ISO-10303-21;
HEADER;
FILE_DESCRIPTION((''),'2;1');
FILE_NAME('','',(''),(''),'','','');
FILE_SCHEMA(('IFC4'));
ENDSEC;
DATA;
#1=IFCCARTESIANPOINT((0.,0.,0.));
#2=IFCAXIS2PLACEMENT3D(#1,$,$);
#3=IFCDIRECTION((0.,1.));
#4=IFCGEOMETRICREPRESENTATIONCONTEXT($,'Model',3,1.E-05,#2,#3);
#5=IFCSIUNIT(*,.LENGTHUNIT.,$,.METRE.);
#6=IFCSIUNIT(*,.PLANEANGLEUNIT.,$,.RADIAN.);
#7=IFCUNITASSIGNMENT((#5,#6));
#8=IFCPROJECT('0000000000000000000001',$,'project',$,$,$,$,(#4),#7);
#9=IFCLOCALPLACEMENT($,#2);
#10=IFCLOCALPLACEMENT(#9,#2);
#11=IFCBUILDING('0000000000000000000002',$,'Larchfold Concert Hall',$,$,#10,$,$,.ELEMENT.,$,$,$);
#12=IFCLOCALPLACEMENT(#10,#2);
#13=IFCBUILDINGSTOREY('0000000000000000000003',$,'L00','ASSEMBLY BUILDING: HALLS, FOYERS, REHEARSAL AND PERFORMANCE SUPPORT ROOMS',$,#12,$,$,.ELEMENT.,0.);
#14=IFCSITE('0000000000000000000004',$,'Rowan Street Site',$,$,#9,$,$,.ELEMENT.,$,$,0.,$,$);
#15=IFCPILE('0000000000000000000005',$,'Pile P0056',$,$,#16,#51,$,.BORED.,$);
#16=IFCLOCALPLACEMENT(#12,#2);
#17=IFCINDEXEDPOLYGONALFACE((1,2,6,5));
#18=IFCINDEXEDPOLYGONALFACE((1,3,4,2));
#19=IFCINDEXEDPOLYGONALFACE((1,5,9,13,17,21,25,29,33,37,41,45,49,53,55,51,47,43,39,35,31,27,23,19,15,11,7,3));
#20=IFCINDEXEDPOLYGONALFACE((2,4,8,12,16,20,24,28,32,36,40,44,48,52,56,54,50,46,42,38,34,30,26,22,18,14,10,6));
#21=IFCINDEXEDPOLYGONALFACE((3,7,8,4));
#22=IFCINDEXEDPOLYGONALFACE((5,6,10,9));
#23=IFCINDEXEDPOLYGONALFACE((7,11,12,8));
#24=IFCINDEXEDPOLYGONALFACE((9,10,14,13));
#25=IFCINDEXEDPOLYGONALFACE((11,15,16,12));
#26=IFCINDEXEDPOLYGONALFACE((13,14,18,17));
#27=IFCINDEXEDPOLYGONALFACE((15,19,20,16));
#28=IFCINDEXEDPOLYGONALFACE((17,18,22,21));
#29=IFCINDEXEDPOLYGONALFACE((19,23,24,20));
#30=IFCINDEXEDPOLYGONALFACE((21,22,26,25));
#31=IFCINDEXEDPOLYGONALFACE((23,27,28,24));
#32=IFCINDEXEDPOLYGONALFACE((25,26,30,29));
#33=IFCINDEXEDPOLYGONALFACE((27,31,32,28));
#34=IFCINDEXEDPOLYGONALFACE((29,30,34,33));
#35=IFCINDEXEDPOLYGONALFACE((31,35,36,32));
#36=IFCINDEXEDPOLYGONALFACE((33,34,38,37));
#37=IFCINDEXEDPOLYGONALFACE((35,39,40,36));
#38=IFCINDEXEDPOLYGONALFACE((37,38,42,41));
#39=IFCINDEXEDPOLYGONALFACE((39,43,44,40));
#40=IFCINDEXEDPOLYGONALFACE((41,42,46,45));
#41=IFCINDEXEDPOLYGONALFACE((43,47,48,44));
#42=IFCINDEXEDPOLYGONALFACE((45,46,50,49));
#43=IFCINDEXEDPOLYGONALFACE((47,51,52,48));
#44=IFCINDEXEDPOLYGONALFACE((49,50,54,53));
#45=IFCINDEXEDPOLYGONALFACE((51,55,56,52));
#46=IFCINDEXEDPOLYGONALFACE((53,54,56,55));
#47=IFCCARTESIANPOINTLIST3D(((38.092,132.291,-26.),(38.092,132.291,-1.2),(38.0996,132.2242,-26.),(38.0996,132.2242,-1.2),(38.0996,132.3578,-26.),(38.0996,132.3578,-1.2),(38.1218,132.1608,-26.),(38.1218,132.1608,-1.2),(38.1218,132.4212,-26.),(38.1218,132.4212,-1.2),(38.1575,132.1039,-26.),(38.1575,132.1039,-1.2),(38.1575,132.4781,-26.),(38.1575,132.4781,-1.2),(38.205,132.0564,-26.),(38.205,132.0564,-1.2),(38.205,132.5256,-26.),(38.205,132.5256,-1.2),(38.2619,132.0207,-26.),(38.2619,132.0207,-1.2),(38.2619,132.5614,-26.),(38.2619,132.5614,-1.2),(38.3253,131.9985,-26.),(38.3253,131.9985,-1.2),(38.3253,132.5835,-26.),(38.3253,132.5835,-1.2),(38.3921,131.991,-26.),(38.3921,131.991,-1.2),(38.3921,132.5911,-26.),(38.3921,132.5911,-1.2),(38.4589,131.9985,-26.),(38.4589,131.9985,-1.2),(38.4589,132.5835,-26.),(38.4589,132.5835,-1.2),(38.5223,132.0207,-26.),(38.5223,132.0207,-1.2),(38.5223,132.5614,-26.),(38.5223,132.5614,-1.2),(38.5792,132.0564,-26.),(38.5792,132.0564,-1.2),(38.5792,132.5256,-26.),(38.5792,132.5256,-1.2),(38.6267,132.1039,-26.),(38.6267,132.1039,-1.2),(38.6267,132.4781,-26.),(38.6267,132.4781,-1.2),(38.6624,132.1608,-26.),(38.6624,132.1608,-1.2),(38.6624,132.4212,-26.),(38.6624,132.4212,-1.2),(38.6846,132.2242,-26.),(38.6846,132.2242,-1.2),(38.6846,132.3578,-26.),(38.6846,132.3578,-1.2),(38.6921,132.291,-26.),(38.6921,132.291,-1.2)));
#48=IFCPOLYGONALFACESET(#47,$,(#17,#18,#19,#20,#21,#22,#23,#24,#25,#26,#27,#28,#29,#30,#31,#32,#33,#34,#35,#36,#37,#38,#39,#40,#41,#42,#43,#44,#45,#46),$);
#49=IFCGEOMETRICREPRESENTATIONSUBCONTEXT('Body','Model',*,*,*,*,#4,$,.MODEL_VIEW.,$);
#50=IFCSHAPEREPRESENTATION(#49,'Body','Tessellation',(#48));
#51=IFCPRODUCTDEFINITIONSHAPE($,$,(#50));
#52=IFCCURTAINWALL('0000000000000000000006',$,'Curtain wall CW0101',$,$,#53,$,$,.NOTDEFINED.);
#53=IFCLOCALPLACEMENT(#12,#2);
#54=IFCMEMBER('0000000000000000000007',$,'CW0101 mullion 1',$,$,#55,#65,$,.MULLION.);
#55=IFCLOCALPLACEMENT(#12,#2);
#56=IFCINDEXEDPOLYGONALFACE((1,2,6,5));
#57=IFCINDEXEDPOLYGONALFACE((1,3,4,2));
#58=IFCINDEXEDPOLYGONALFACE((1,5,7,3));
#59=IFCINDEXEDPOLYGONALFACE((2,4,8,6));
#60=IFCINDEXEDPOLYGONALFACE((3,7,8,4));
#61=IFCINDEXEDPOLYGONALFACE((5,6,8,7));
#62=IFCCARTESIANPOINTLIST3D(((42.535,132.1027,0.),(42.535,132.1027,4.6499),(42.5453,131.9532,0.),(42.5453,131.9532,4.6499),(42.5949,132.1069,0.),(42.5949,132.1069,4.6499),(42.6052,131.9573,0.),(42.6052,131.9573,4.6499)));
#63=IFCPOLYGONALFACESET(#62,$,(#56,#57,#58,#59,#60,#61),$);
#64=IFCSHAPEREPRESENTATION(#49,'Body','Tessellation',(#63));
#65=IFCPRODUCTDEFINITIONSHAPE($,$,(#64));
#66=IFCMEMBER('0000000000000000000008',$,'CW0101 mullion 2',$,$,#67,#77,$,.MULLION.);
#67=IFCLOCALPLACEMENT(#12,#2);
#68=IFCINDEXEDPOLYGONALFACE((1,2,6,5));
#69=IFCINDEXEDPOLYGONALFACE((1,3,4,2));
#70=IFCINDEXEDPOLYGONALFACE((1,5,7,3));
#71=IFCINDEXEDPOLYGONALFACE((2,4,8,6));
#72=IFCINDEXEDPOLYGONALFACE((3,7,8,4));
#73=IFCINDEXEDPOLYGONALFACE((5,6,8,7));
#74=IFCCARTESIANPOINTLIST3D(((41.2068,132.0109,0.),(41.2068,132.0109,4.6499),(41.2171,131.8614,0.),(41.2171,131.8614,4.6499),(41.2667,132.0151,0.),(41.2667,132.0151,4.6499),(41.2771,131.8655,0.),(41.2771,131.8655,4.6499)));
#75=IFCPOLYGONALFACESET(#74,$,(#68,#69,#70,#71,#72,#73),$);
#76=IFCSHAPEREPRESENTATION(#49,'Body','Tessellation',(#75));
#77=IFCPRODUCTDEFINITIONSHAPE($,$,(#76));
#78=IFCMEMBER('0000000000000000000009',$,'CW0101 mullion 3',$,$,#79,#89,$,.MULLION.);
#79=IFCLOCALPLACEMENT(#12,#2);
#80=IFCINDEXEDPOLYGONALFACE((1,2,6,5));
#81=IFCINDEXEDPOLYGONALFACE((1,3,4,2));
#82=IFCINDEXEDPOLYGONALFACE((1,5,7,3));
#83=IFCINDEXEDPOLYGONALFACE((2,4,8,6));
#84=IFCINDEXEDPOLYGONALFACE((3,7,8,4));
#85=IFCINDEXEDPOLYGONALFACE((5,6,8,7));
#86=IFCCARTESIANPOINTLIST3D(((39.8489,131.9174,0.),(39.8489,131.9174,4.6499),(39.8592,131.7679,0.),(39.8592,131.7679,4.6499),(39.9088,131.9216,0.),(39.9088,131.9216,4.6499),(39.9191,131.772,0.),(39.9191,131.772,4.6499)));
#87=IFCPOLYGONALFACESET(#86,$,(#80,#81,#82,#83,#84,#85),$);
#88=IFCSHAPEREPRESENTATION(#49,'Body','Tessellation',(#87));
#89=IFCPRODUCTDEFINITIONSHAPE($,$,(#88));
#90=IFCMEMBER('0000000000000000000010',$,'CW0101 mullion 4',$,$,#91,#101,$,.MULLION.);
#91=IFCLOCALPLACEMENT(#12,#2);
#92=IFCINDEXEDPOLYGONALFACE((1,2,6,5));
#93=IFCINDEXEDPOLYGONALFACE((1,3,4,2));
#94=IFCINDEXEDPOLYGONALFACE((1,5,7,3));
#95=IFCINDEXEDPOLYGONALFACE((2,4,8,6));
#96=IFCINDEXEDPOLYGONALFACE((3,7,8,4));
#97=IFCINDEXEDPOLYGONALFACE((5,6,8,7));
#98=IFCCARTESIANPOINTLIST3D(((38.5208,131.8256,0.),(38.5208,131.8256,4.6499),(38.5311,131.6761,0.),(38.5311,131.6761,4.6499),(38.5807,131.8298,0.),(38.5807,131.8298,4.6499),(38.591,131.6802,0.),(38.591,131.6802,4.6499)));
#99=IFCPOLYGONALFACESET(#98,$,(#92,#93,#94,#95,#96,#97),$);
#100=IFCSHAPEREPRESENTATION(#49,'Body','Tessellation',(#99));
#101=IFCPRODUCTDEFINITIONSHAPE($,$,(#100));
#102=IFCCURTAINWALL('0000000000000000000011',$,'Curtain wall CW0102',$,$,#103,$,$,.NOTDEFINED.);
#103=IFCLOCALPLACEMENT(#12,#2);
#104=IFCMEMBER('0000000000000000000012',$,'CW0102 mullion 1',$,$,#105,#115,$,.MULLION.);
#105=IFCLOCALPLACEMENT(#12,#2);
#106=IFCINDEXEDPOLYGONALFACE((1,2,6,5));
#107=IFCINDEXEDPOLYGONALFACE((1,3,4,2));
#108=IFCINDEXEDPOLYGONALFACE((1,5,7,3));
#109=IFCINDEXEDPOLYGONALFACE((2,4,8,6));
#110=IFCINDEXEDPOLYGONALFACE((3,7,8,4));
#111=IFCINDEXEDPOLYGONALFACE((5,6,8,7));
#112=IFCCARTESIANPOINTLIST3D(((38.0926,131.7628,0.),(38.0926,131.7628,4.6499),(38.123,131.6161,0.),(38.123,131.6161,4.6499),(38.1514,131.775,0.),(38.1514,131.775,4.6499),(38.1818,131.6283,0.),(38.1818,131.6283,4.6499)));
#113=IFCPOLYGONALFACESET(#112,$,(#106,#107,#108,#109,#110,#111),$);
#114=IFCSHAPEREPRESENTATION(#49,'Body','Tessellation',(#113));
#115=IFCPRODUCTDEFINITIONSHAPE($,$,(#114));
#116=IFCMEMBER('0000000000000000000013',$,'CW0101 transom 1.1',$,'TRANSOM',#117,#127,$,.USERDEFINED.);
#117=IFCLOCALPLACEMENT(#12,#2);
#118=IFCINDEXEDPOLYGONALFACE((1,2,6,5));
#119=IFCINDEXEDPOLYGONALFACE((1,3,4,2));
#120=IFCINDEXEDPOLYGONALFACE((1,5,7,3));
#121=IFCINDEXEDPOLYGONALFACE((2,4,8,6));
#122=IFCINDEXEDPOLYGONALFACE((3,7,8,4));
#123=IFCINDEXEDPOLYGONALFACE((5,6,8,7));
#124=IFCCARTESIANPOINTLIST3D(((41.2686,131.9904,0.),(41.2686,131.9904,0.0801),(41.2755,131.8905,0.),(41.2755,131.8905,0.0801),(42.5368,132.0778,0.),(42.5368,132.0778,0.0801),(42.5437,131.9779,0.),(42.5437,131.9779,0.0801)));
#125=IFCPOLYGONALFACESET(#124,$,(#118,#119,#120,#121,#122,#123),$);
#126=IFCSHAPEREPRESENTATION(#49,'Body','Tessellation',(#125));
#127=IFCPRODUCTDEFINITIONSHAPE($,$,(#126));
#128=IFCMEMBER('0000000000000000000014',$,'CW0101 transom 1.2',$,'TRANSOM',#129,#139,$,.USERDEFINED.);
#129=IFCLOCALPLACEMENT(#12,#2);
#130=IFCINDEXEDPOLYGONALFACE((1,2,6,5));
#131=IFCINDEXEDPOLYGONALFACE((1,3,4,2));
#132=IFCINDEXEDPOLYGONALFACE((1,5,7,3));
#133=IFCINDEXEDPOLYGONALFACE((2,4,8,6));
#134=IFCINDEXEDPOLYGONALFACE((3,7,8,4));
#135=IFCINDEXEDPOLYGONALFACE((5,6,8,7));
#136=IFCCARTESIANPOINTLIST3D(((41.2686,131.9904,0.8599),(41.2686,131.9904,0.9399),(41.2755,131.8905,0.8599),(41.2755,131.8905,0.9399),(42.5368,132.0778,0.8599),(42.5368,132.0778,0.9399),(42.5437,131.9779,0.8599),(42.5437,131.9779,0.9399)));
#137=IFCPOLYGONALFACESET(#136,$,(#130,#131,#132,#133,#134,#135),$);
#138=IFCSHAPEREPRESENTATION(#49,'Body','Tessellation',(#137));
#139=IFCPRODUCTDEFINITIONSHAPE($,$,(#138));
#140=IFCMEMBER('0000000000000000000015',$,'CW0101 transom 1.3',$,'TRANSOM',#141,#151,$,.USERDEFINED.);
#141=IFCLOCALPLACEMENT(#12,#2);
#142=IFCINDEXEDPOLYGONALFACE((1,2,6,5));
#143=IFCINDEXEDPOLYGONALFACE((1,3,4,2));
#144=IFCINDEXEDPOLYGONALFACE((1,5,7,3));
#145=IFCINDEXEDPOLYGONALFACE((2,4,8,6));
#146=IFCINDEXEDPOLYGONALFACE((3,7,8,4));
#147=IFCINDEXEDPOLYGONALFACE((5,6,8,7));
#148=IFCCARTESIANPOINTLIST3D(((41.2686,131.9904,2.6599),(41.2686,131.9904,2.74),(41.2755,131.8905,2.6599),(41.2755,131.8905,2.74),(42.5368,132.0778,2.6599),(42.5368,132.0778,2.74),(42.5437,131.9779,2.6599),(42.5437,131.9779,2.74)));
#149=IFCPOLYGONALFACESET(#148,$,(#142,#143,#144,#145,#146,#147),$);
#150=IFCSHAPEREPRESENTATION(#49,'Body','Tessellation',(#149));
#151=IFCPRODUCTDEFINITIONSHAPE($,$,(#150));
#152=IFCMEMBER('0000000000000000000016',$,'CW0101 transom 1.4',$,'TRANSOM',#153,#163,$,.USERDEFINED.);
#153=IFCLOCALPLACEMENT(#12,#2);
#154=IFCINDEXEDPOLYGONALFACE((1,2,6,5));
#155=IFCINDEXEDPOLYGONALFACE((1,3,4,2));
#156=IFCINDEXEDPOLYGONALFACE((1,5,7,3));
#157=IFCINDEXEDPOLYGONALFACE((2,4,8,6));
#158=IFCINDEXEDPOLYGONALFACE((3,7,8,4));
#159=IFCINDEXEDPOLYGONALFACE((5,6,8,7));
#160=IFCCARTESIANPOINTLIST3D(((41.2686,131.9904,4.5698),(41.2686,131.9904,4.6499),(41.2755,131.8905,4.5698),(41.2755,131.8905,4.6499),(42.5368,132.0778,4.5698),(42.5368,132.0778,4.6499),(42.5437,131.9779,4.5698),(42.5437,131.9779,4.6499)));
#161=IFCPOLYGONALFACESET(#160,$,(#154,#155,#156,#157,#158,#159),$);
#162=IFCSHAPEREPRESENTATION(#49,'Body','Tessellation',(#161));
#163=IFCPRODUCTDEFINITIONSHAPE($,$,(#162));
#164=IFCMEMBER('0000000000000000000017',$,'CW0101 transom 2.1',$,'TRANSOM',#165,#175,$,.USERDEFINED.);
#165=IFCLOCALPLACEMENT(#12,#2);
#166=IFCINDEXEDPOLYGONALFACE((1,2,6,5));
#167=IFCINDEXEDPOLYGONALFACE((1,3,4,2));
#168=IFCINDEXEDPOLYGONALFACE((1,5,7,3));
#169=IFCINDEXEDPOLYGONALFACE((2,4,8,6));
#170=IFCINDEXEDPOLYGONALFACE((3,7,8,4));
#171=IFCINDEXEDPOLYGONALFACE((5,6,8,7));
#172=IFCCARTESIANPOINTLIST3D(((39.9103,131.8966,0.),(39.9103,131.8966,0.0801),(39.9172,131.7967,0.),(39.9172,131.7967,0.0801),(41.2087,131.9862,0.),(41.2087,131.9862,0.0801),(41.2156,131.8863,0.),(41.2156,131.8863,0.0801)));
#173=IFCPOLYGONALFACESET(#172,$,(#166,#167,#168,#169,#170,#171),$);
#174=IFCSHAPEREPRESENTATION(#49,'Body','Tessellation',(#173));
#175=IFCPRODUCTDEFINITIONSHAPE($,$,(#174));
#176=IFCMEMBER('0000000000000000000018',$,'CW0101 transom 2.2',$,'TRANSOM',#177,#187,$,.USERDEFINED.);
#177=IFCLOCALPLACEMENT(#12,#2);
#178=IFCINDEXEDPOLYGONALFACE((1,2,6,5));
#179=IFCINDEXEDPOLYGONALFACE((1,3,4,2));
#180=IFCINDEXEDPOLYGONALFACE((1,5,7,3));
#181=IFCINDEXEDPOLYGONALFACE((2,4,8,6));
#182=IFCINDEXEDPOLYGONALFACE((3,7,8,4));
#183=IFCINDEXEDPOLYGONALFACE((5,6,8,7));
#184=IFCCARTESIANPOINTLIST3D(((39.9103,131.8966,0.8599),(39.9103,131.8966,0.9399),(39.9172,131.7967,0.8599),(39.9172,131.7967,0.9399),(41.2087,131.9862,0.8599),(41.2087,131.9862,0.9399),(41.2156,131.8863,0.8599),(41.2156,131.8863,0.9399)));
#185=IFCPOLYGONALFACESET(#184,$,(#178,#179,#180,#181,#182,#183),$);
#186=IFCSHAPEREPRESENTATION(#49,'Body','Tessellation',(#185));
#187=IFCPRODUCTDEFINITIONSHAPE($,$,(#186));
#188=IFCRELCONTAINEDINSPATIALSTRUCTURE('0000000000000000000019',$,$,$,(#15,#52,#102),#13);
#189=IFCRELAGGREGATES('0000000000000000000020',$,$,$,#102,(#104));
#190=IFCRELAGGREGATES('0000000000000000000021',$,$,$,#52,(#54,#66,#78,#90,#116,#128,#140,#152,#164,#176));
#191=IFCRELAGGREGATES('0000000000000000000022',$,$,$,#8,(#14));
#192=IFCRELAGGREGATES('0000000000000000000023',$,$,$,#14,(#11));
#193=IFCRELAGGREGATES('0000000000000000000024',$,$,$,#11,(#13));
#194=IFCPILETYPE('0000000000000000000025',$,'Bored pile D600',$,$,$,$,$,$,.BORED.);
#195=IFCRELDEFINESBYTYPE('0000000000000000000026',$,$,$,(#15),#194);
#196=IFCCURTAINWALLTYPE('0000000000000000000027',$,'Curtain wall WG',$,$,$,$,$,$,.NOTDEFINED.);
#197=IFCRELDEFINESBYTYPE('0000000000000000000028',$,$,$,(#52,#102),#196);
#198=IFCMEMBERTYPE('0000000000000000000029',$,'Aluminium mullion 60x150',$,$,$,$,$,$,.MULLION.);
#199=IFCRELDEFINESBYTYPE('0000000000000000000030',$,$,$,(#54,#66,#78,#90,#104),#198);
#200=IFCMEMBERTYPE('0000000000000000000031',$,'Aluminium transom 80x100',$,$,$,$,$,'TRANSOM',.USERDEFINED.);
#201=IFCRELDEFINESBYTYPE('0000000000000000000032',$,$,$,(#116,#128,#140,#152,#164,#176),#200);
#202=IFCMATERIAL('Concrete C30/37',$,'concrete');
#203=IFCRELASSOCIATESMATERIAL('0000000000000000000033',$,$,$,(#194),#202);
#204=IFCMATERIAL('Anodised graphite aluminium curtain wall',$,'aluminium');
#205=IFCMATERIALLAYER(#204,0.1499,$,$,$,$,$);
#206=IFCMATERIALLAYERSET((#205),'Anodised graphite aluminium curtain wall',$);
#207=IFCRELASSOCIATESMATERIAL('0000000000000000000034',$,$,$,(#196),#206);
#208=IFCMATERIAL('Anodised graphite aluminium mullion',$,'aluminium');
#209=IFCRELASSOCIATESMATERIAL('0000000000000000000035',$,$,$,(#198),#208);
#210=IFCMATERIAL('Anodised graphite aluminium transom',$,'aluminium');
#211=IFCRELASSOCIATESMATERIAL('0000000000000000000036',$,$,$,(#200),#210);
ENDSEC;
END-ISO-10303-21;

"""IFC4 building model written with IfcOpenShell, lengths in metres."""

from ifc_helpers import new_model, si_unit, direction, frame, origin, origin_2d, place, context, subcontext, project, spatial, rectangle, circle, extrude, material, layer, layer_set, material_profile, profile_set, type_object, element, aggregate, save


model = new_model("IFC4")

# Units and contexts
model_context = context("Model", 3, precision=1e-05, world=origin(), true_north=direction((0.0, 1.0)))
body_context = subcontext(model_context, "Body", "Model", "MODEL_VIEW")
ifc_project = project(units=[si_unit("LENGTHUNIT", "METRE"), si_unit("PLANEANGLEUNIT", "RADIAN")], contexts=[model_context])

# Site, building, storey
site_placement = place(None, origin())
site = spatial("IfcSite", under=ifc_project, at=site_placement, Name="Rowan Street Site", CompositionType="ELEMENT", RefElevation=0.0)
building_placement = place(site_placement, origin())
building = spatial("IfcBuilding", under=site, at=building_placement, Name="Larchfold Concert Hall", CompositionType="ELEMENT")
storey_placement = place(building_placement, origin())
storey = spatial("IfcBuildingStorey", under=building, at=storey_placement, Name="L00", Description="ASSEMBLY BUILDING: HALLS, FOYERS, REHEARSAL AND PERFORMANCE SUPPORT ROOMS", CompositionType="ELEMENT", Elevation=0.0)

# Pile
ifc_material_1 = material(Name="Concrete C30/37", Category="concrete")
ifc_material_profile_1 = material_profile(ifc_material_1, circle(Radius=0.3, at=origin_2d()))
ifc_profile_set_1 = profile_set([ifc_material_profile_1], Name="Concrete C30/37")
pile_type = type_object("IfcPileType", Name="Bored pile D600", PredefinedType="BORED", material=ifc_profile_set_1)
pile_placement = place(storey_placement, frame((38.3921, 132.291, -1.2), z_axis=(0.0, 0.0, -1.0), x_axis=(1.0, 0.0, 0.0)))
element("IfcPile", 1, at=pile_placement, inside=storey, type_object=pile_type, Name="Pile P0056", PredefinedType="BORED", context=body_context, shape_type="SweptSolid", body=[
    extrude(circle(Radius=0.3, at=origin_2d()), origin(), (0.0, 0.0, 1.0), 24.8),
])

# Curtain wall, members
ifc_material_2 = material(Name="Anodised graphite aluminium curtain wall", Category="aluminium")
ifc_layer_1 = layer(ifc_material_2, 0.1499)
ifc_layer_set_1 = layer_set([ifc_layer_1], Name="Anodised graphite aluminium curtain wall")
curtain_wall_type = type_object("IfcCurtainWallType", Name="Curtain wall WG", PredefinedType="NOTDEFINED", material=ifc_layer_set_1)
curtain_wall_1_placement = place(storey_placement, origin())
curtain_wall_1 = element("IfcCurtainWall", 2, at=curtain_wall_1_placement, inside=storey, type_object=curtain_wall_type, Name="Curtain wall CW0101", PredefinedType="NOTDEFINED")
ifc_material_3 = material(Name="Anodised graphite aluminium mullion", Category="aluminium")
ifc_material_profile_2 = material_profile(ifc_material_3, rectangle(XDim=0.1499, YDim=0.0601, at=origin_2d()))
ifc_profile_set_2 = profile_set([ifc_material_profile_2], Name="Anodised graphite aluminium mullion")
member_type_1 = type_object("IfcMemberType", Name="Aluminium mullion 60x150", PredefinedType="MULLION", material=ifc_profile_set_2)
member_1_placement = place(storey_placement, frame((42.5701, 132.03, 0.0), z_axis=(0.0, 0.0, 1.0), x_axis=(0.068808, -0.99763, 0.0)))
member_1 = element("IfcMember", 3, at=member_1_placement, type_object=member_type_1, Name="CW0101 mullion 1", PredefinedType="MULLION", context=body_context, shape_type="SweptSolid", body=[
    extrude(rectangle(XDim=0.1499, YDim=0.0601, at=origin_2d()), origin(), (0.0, 0.0, 1.0), 4.6499),
])
member_2_placement = place(storey_placement, frame((41.2419, 131.9382, 0.0), z_axis=(0.0, 0.0, 1.0), x_axis=(0.068808, -0.99763, 0.0)))
member_2 = element("IfcMember", 4, at=member_2_placement, type_object=member_type_1, Name="CW0101 mullion 2", PredefinedType="MULLION", context=body_context, shape_type="SweptSolid", body=[
    extrude(rectangle(XDim=0.1499, YDim=0.0601, at=origin_2d()), origin(), (0.0, 0.0, 1.0), 4.6499),
])
member_3_placement = place(storey_placement, frame((39.884, 131.8447, 0.0), z_axis=(0.0, 0.0, 1.0), x_axis=(0.068808, -0.99763, 0.0)))
member_3 = element("IfcMember", 5, at=member_3_placement, type_object=member_type_1, Name="CW0101 mullion 3", PredefinedType="MULLION", context=body_context, shape_type="SweptSolid", body=[
    extrude(rectangle(XDim=0.1499, YDim=0.0601, at=origin_2d()), origin(), (0.0, 0.0, 1.0), 4.6499),
])
member_4_placement = place(storey_placement, frame((38.5559, 131.7529, 0.0), z_axis=(0.0, 0.0, 1.0), x_axis=(0.068808, -0.99763, 0.0)))
member_4 = element("IfcMember", 6, at=member_4_placement, type_object=member_type_1, Name="CW0101 mullion 4", PredefinedType="MULLION", context=body_context, shape_type="SweptSolid", body=[
    extrude(rectangle(XDim=0.1499, YDim=0.0601, at=origin_2d()), origin(), (0.0, 0.0, 1.0), 4.6499),
])

# Curtain wall, member
curtain_wall_2_placement = place(storey_placement, origin())
curtain_wall_2 = element("IfcCurtainWall", 7, at=curtain_wall_2_placement, inside=storey, type_object=curtain_wall_type, Name="Curtain wall CW0102", PredefinedType="NOTDEFINED")
member_5_placement = place(storey_placement, frame((38.1372, 131.6956, 0.0), z_axis=(0.0, 0.0, 1.0), x_axis=(0.203041, -0.97917, 0.0)))
member_5 = element("IfcMember", 8, at=member_5_placement, type_object=member_type_1, Name="CW0102 mullion 1", PredefinedType="MULLION", context=body_context, shape_type="SweptSolid", body=[
    extrude(rectangle(XDim=0.1499, YDim=0.0601, at=origin_2d()), origin(), (0.0, 0.0, 1.0), 4.6499),
])

# Members
ifc_material_4 = material(Name="Anodised graphite aluminium transom", Category="aluminium")
ifc_material_profile_3 = material_profile(ifc_material_4, rectangle(XDim=0.1001, YDim=0.0801, at=origin_2d()))
ifc_profile_set_3 = profile_set([ifc_material_profile_3], Name="Anodised graphite aluminium transom")
member_type_2 = type_object("IfcMemberType", Name="Aluminium transom 80x100", ElementType="TRANSOM", PredefinedType="USERDEFINED", material=ifc_profile_set_3)
member_6_placement = place(storey_placement, frame((42.5403, 132.0278, 0.04), z_axis=(-0.997634, -0.068749, 0.0), x_axis=(0.068749, -0.997634, 0.0)))
member_6 = element("IfcMember", 9, at=member_6_placement, type_object=member_type_2, Name="CW0101 transom 1.1", ObjectType="TRANSOM", PredefinedType="USERDEFINED", context=body_context, shape_type="SweptSolid", body=[
    extrude(rectangle(XDim=0.1001, YDim=0.0801, at=origin_2d()), origin(), (0.0, 0.0, 1.0), 1.2712),
])
member_7_placement = place(storey_placement, frame((42.5403, 132.0278, 0.8999), z_axis=(-0.997634, -0.068749, 0.0), x_axis=(0.068749, -0.997634, 0.0)))
member_7 = element("IfcMember", 10, at=member_7_placement, type_object=member_type_2, Name="CW0101 transom 1.2", ObjectType="TRANSOM", PredefinedType="USERDEFINED", context=body_context, shape_type="SweptSolid", body=[
    extrude(rectangle(XDim=0.1001, YDim=0.0801, at=origin_2d()), origin(), (0.0, 0.0, 1.0), 1.2712),
])
member_8_placement = place(storey_placement, frame((42.5403, 132.0278, 2.7), z_axis=(-0.997634, -0.068749, 0.0), x_axis=(0.068749, -0.997634, 0.0)))
member_8 = element("IfcMember", 11, at=member_8_placement, type_object=member_type_2, Name="CW0101 transom 1.3", ObjectType="TRANSOM", PredefinedType="USERDEFINED", context=body_context, shape_type="SweptSolid", body=[
    extrude(rectangle(XDim=0.1001, YDim=0.0801, at=origin_2d()), origin(), (0.0, 0.0, 1.0), 1.2712),
])
member_9_placement = place(storey_placement, frame((42.5403, 132.0278, 4.6099), z_axis=(-0.997634, -0.068749, 0.0), x_axis=(0.068749, -0.997634, 0.0)))
member_9 = element("IfcMember", 12, at=member_9_placement, type_object=member_type_2, Name="CW0101 transom 1.4", ObjectType="TRANSOM", PredefinedType="USERDEFINED", context=body_context, shape_type="SweptSolid", body=[
    extrude(rectangle(XDim=0.1001, YDim=0.0801, at=origin_2d()), origin(), (0.0, 0.0, 1.0), 1.2712),
])
member_10_placement = place(storey_placement, frame((41.2122, 131.9363, 0.04), z_axis=(-0.997627, -0.068847, 0.0), x_axis=(0.068847, -0.997627, 0.0)))
member_10 = element("IfcMember", 13, at=member_10_placement, type_object=member_type_2, Name="CW0101 transom 2.1", ObjectType="TRANSOM", PredefinedType="USERDEFINED", context=body_context, shape_type="SweptSolid", body=[
    extrude(rectangle(XDim=0.1001, YDim=0.0801, at=origin_2d()), origin(), (0.0, 0.0, 1.0), 1.3015),
])
member_11_placement = place(storey_placement, frame((41.2122, 131.9363, 0.8999), z_axis=(-0.997627, -0.068847, 0.0), x_axis=(0.068847, -0.997627, 0.0)))
member_11 = element("IfcMember", 14, at=member_11_placement, type_object=member_type_2, Name="CW0101 transom 2.2", ObjectType="TRANSOM", PredefinedType="USERDEFINED", context=body_context, shape_type="SweptSolid", body=[
    extrude(rectangle(XDim=0.1001, YDim=0.0801, at=origin_2d()), origin(), (0.0, 0.0, 1.0), 1.3015),
])
aggregate(curtain_wall_2, [member_5])

aggregate(curtain_wall_1, [member_1, member_2, member_3, member_4, member_6, member_7, member_8, member_9, member_10, member_11])

save(model, "model.ifc")
